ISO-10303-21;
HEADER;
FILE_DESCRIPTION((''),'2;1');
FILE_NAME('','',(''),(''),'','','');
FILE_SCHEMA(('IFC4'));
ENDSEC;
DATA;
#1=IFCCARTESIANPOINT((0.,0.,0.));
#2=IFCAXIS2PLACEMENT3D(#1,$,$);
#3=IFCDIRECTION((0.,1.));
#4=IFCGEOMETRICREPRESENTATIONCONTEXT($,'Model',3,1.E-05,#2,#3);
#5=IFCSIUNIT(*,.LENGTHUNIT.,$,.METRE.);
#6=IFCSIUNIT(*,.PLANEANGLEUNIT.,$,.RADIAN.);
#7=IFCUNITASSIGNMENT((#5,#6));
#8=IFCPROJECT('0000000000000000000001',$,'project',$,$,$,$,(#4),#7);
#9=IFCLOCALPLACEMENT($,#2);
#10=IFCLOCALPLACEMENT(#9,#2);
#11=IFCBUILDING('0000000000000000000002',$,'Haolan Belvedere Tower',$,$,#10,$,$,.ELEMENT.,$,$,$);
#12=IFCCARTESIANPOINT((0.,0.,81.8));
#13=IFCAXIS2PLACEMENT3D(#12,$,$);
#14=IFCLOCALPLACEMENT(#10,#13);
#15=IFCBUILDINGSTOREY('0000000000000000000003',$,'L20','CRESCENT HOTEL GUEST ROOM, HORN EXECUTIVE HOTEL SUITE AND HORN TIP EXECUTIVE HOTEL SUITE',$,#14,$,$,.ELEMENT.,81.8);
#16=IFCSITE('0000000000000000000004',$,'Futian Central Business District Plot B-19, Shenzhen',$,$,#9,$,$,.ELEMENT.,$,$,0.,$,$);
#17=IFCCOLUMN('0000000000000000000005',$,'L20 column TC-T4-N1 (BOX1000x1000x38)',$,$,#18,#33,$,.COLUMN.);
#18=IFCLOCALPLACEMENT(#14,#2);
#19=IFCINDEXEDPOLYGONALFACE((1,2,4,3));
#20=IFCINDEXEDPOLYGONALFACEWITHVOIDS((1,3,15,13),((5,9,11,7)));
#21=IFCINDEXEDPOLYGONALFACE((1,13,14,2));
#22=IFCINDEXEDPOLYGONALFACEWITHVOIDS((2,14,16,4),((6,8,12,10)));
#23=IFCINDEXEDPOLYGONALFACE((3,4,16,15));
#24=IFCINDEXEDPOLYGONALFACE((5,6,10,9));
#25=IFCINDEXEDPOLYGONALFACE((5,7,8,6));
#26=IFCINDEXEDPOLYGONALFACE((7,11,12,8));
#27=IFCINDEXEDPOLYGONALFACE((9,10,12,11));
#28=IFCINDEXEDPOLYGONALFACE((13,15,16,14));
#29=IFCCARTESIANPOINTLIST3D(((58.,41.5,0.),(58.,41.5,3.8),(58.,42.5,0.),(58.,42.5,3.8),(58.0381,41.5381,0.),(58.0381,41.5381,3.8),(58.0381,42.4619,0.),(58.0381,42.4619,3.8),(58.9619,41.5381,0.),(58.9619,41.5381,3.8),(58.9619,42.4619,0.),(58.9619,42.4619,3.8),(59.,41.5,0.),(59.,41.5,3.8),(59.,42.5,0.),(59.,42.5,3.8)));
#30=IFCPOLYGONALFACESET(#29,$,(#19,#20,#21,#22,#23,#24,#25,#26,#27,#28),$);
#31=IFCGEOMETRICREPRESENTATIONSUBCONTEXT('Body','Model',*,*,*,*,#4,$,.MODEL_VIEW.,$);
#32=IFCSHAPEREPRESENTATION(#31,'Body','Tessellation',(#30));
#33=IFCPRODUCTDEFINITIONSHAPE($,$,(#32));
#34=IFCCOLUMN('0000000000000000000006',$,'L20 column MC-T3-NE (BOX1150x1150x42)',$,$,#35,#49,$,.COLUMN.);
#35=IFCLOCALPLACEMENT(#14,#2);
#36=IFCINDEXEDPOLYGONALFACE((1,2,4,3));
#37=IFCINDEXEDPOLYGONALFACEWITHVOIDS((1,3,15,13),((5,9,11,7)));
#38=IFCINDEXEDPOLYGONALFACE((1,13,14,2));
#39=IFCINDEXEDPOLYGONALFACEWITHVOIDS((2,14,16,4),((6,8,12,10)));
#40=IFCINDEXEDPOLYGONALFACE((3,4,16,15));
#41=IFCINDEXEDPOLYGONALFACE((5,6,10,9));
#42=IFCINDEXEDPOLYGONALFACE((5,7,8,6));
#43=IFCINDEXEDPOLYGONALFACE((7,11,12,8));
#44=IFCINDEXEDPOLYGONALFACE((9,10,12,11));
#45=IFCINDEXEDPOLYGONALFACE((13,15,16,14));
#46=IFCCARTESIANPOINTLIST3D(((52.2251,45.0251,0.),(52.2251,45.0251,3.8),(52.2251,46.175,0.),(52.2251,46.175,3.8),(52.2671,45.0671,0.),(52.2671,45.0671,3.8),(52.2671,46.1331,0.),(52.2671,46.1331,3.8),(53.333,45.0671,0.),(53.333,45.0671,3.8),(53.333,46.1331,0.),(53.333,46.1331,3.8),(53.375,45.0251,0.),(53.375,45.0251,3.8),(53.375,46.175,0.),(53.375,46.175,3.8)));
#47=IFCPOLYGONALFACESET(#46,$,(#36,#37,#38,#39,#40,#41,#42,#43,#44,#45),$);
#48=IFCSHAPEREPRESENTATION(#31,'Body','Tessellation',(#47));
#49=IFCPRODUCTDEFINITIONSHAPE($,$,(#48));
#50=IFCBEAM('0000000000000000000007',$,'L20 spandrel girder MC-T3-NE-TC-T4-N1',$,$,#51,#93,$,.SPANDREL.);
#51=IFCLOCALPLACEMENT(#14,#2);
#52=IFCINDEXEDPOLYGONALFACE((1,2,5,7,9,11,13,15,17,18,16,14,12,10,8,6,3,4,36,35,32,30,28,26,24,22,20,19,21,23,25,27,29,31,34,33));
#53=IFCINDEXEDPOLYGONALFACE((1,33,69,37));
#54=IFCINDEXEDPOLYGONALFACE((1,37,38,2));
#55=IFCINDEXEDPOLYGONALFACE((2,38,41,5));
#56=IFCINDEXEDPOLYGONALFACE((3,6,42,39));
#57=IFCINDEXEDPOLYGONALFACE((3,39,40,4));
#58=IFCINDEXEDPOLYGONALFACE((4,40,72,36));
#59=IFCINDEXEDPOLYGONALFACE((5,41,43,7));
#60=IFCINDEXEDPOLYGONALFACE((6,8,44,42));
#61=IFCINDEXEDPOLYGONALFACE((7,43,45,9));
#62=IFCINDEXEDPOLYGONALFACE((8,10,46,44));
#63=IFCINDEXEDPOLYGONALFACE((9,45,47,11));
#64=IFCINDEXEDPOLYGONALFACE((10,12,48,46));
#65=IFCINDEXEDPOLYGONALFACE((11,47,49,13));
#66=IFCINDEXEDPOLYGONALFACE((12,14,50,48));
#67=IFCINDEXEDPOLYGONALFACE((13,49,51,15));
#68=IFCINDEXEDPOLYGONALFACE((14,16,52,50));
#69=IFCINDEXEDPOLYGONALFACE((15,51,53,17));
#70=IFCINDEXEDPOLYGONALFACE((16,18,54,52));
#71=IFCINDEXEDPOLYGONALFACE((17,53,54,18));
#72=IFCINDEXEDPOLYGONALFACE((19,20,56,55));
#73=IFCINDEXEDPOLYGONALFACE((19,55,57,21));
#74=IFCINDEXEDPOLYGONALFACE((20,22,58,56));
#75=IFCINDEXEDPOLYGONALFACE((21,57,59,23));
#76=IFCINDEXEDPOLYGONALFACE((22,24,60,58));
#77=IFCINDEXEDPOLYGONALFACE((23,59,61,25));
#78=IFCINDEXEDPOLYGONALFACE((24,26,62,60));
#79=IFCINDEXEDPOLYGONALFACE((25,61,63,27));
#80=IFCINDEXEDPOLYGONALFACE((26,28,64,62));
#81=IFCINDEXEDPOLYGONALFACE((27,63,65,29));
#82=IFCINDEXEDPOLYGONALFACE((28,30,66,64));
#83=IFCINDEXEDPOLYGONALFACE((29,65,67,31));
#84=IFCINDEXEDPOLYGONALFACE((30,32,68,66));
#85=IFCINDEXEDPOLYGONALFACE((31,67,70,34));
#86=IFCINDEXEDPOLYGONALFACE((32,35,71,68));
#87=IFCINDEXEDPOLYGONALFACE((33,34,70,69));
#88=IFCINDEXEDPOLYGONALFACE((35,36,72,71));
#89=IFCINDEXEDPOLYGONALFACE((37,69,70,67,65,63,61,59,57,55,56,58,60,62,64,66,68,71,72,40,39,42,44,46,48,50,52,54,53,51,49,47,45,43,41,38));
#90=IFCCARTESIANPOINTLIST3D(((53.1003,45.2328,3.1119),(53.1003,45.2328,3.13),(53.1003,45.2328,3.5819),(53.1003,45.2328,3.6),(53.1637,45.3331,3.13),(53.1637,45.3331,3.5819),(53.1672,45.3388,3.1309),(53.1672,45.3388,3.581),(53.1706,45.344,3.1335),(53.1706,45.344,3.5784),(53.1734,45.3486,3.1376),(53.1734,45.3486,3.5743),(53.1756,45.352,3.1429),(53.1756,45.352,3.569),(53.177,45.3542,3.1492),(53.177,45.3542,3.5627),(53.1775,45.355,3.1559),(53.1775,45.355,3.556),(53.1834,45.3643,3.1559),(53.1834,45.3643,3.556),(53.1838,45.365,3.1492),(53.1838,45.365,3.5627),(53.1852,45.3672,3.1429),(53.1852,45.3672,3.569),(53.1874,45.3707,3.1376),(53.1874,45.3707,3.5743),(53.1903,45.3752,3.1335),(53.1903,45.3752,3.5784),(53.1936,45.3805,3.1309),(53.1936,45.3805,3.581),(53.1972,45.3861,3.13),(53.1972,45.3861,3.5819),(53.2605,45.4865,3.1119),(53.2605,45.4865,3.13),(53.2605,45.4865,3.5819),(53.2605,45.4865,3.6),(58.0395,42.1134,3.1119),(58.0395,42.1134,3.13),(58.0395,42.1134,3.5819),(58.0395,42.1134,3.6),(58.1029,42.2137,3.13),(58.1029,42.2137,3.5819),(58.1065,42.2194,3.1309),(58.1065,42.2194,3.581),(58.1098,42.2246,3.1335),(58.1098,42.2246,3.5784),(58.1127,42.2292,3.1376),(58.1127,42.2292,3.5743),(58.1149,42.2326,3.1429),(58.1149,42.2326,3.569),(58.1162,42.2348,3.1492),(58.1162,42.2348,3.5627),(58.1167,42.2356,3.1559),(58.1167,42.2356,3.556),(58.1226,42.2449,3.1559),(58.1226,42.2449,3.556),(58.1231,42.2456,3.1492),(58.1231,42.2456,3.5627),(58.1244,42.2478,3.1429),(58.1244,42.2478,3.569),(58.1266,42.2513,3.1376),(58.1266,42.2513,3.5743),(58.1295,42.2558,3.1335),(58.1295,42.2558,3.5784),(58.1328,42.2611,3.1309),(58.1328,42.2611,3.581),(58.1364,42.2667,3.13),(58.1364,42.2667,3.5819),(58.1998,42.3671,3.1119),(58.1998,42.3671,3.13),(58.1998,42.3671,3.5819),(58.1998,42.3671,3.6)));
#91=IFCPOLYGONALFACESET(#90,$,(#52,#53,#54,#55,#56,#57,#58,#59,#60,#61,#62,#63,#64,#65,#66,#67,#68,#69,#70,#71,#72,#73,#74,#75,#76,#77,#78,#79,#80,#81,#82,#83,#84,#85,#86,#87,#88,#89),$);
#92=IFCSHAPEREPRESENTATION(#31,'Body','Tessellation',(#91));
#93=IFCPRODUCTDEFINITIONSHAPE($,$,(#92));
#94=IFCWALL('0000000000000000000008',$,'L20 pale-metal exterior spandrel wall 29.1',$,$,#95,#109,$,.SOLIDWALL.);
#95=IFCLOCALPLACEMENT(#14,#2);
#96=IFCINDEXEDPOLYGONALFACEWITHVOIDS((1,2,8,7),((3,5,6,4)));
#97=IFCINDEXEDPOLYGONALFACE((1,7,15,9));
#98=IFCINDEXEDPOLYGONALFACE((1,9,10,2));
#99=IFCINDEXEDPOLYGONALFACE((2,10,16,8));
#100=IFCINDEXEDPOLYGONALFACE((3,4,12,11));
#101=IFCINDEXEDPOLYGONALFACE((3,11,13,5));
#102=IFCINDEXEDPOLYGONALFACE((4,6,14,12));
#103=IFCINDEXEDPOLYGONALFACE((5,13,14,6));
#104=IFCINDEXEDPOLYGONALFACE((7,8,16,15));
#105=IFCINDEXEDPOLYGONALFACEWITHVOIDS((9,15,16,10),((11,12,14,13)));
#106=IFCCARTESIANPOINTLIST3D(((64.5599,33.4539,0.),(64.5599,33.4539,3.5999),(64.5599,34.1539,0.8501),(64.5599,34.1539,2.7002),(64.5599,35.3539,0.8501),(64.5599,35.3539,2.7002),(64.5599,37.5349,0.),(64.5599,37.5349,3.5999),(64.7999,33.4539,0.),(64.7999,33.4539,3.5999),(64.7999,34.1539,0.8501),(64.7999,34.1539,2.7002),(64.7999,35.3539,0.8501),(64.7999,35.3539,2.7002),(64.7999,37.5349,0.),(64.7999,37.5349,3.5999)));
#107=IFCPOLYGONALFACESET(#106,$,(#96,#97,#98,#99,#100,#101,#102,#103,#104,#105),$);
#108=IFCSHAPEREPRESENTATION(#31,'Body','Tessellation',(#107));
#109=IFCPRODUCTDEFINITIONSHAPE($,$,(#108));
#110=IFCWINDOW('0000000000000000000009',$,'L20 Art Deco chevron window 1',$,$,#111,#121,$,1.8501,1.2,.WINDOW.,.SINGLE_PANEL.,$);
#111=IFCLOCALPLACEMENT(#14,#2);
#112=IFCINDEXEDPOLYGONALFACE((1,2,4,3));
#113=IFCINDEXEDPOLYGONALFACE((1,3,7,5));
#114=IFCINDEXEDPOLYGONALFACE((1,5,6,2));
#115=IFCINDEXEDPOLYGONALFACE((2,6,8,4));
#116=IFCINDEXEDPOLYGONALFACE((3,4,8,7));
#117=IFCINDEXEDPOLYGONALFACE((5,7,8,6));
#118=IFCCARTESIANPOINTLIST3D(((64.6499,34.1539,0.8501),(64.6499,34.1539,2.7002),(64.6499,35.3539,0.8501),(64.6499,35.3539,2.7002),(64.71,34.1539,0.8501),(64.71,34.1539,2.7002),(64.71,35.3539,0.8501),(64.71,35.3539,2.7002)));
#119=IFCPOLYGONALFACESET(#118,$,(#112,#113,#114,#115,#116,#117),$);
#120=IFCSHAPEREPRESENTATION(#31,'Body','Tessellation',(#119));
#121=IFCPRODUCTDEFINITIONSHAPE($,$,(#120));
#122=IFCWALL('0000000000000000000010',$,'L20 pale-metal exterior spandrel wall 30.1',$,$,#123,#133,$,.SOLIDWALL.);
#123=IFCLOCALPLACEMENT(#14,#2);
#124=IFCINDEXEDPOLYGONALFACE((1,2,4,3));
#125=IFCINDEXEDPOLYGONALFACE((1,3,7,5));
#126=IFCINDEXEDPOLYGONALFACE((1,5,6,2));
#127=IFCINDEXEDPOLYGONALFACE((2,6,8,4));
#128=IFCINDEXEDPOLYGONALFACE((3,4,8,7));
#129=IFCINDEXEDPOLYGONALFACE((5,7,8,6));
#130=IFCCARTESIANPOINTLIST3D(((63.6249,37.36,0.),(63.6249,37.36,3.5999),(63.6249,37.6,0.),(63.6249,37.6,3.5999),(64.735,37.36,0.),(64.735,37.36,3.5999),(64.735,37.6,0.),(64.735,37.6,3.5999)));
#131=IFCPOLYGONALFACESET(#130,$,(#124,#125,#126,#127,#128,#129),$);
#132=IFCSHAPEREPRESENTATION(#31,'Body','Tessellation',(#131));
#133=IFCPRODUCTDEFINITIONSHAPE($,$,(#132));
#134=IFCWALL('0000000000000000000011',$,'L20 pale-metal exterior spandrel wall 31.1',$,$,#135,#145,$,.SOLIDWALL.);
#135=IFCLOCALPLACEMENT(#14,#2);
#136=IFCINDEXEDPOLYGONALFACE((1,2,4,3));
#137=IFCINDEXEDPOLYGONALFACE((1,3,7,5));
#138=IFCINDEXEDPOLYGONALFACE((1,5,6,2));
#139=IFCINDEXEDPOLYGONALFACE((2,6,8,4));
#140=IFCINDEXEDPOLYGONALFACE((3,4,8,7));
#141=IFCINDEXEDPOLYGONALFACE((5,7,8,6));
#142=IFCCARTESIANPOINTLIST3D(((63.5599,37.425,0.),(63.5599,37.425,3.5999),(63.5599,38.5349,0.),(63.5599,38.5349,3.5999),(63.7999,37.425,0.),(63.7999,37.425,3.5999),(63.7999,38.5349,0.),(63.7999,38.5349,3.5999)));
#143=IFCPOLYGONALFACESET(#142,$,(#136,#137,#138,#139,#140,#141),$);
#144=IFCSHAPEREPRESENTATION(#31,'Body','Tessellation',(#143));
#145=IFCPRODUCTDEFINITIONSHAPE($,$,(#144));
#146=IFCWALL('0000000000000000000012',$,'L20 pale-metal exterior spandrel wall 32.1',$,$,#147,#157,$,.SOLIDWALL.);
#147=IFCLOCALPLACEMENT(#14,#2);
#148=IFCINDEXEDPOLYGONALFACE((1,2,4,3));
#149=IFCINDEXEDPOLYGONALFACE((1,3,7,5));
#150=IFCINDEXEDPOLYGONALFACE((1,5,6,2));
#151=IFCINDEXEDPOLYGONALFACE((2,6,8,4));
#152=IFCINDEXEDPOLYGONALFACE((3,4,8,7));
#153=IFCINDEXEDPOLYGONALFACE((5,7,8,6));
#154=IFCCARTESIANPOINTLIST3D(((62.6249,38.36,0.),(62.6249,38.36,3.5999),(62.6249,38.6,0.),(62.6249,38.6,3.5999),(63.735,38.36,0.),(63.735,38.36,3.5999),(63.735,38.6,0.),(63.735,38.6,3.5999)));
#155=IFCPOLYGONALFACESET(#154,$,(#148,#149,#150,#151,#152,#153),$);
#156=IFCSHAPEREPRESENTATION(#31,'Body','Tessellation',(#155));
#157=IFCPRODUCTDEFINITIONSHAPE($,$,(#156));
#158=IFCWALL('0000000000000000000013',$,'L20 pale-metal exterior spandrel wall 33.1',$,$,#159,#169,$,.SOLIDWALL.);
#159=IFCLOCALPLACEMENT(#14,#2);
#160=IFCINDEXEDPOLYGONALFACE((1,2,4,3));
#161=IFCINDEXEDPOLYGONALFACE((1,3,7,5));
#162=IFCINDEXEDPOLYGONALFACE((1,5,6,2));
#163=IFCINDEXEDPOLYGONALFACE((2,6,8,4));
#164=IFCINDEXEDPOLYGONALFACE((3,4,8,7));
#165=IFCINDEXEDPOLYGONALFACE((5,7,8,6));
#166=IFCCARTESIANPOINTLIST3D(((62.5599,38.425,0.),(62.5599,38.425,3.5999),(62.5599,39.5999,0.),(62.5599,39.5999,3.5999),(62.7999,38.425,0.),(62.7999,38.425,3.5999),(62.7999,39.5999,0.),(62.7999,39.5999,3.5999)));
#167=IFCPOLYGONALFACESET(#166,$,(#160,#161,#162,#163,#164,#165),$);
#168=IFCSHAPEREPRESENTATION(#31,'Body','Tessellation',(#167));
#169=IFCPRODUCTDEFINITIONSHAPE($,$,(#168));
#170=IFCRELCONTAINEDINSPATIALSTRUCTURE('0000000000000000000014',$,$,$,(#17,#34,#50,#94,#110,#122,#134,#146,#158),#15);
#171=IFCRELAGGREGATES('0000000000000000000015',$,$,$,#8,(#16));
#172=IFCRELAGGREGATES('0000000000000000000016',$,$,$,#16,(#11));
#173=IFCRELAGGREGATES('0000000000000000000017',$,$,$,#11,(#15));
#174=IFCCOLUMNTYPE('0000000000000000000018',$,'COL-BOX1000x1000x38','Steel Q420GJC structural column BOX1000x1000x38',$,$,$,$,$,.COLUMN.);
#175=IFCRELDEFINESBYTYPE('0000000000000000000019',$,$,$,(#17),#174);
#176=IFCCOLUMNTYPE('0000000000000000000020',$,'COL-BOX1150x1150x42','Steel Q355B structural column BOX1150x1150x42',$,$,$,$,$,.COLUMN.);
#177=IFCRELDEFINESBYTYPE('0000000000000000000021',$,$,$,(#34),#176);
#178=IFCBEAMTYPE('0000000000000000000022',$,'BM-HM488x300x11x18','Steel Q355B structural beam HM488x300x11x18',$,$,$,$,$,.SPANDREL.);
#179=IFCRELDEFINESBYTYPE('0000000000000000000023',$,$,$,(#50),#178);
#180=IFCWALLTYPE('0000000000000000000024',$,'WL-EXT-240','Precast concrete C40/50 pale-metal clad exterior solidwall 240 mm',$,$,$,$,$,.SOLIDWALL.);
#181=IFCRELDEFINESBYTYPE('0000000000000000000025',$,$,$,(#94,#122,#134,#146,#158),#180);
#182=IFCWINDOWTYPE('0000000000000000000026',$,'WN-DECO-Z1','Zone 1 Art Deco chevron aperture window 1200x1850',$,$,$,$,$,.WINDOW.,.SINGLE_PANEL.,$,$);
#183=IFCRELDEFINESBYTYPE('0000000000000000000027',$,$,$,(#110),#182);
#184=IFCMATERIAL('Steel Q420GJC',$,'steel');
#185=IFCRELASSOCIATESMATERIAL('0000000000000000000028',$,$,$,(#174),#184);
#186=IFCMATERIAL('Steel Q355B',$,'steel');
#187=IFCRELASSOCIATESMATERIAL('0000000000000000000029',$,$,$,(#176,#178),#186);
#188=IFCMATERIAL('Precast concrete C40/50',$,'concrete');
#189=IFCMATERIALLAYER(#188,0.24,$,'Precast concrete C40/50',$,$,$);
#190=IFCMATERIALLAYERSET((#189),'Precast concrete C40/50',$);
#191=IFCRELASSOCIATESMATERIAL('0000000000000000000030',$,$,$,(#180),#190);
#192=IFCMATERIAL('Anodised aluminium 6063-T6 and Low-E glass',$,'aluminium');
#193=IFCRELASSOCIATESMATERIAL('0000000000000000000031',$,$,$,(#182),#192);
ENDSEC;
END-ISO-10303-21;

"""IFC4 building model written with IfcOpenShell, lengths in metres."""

from ifc_helpers import new_model, si_unit, direction, frame, frame_2d, origin, origin_2d, place, context, subcontext, project, spatial, rectangle, hollow_rectangle, i_section, extrude, material, layer, layer_set, material_profile, profile_set, type_object, element, fill, save


model = new_model("IFC4")

# Units and contexts
model_context = context("Model", 3, precision=1e-05, world=origin(), true_north=direction((0.0, 1.0)))
body_context = subcontext(model_context, "Body", "Model", "MODEL_VIEW")
ifc_project = project(units=[si_unit("LENGTHUNIT", "METRE"), si_unit("PLANEANGLEUNIT", "RADIAN")], contexts=[model_context])

# Site, building, storey
site_placement = place(None, origin())
site = spatial("IfcSite", under=ifc_project, at=site_placement, Name="Futian Central Business District Plot B-19, Shenzhen", CompositionType="ELEMENT", RefElevation=0.0)
building_placement = place(site_placement, origin())
building = spatial("IfcBuilding", under=site, at=building_placement, Name="Haolan Belvedere Tower", CompositionType="ELEMENT")
storey_placement = place(building_placement, frame((0.0, 0.0, 81.8)))
storey = spatial("IfcBuildingStorey", under=building, at=storey_placement, Name="L20", Description="CRESCENT HOTEL GUEST ROOM, HORN EXECUTIVE HOTEL SUITE AND HORN TIP EXECUTIVE HOTEL SUITE", CompositionType="ELEMENT", Elevation=81.8)

# Columns
ifc_material_1 = material(Name="Steel Q420GJC", Category="steel")
ifc_material_profile_1 = material_profile(ifc_material_1, hollow_rectangle(XDim=1.0, YDim=1.0, WallThickness=0.0381, at=origin_2d()), Name="Steel Q420GJC")
ifc_profile_set_1 = profile_set([ifc_material_profile_1], Name="Steel Q420GJC")
column_type_1 = type_object("IfcColumnType", Name="COL-BOX1000x1000x38", Description="Steel Q420GJC structural column BOX1000x1000x38", PredefinedType="COLUMN", material=ifc_profile_set_1)
column_1_placement = place(storey_placement, frame((58.5, 42.0, 0.0), z_axis=(0.0, 0.0, 1.0), x_axis=(1.0, 0.0, 0.0)))
element("IfcColumn", 1, at=column_1_placement, inside=storey, type_object=column_type_1, Name="L20 column TC-T4-N1 (BOX1000x1000x38)", PredefinedType="COLUMN", context=body_context, shape_type="SweptSolid", body=[
    extrude(hollow_rectangle(XDim=1.0, YDim=1.0, WallThickness=0.0381, at=origin_2d()), origin(), (0.0, 0.0, 1.0), 3.8),
])
ifc_material_2 = material(Name="Steel Q355B", Category="steel")
ifc_material_profile_2 = material_profile(ifc_material_2, hollow_rectangle(XDim=1.1499, YDim=1.1499, WallThickness=0.042, at=origin_2d()), Name="Steel Q355B")
ifc_profile_set_2 = profile_set([ifc_material_profile_2], Name="Steel Q355B")
column_type_2 = type_object("IfcColumnType", Name="COL-BOX1150x1150x42", Description="Steel Q355B structural column BOX1150x1150x42", PredefinedType="COLUMN", material=ifc_profile_set_2)
column_2_placement = place(storey_placement, frame((52.8, 45.6001, 0.0), z_axis=(0.0, 0.0, 1.0), x_axis=(1.0, 0.0, 0.0)))
element("IfcColumn", 2, at=column_2_placement, inside=storey, type_object=column_type_2, Name="L20 column MC-T3-NE (BOX1150x1150x42)", PredefinedType="COLUMN", context=body_context, shape_type="SweptSolid", body=[
    extrude(hollow_rectangle(XDim=1.1499, YDim=1.1499, WallThickness=0.042, at=origin_2d()), origin(), (0.0, 0.0, 1.0), 3.8),
])

# Beam
ifc_material_profile_3 = material_profile(ifc_material_2, i_section(OverallWidth=0.3, OverallDepth=0.488, WebThickness=0.011, FlangeThickness=0.0181, FilletRadius=0.0259, at=origin_2d()), Name="Steel Q355B")
ifc_profile_set_3 = profile_set([ifc_material_profile_3], Name="Steel Q355B")
beam_type = type_object("IfcBeamType", Name="BM-HM488x300x11x18", Description="Steel Q355B structural beam HM488x300x11x18", PredefinedType="SPANDREL", material=ifc_profile_set_3)
beam_placement = place(storey_placement, frame((53.1804, 45.3596, 3.356), z_axis=(0.845498, -0.533979, 0.0), x_axis=(0.533979, 0.845498, 0.0)))
element("IfcBeam", 3, at=beam_placement, inside=storey, type_object=beam_type, Name="L20 spandrel girder MC-T3-NE-TC-T4-N1", PredefinedType="SPANDREL", context=body_context, shape_type="SweptSolid", body=[
    extrude(i_section(OverallWidth=0.3, OverallDepth=0.488, WebThickness=0.011, FlangeThickness=0.0181, FilletRadius=0.0259, at=origin_2d()), origin(), (0.0, 0.0, 1.0), 5.8418),
])

# Wall, opening, window
ifc_material_3 = material(Name="Precast concrete C40/50", Category="concrete")
ifc_layer_1 = layer(ifc_material_3, 0.24, Name="Precast concrete C40/50")
ifc_layer_set_1 = layer_set([ifc_layer_1], Name="Precast concrete C40/50")
wall_type_1 = type_object("IfcWallType", Name="WL-EXT-240", Description="Precast concrete C40/50 pale-metal clad exterior solidwall 240 mm", PredefinedType="SOLIDWALL", material=ifc_layer_set_1)
wall_1_placement = place(storey_placement, frame((64.6799, 33.4539, 0.0), z_axis=(0.0, 0.0, 1.0), x_axis=(0.0, 1.0, 0.0)))
wall_1 = element("IfcWall", 4, at=wall_1_placement, inside=storey, type_object=wall_type_1, Name="L20 pale-metal exterior spandrel wall 29.1", PredefinedType="SOLIDWALL", context=body_context, shape_type="SweptSolid", body=[
    extrude(rectangle(XDim=4.0811, YDim=0.24, at=frame_2d((2.0405, 0.0))), origin(), (0.0, 0.0, 1.0), 3.5999),
])
opening_1_placement = place(wall_1_placement, frame((0.7, 0.0, 0.8501)))
opening_1 = element("IfcOpeningElement", 5, at=opening_1_placement, cuts=wall_1, PredefinedType="OPENING", context=body_context, shape_type="SweptSolid", body=[
    extrude(rectangle(XDim=1.2, YDim=1.8501, at=frame_2d((0.6001, 0.925))), frame((0.0, 0.1299, 0.0), z_axis=(0.0, -1.0, 0.0), x_axis=(1.0, 0.0, 0.0)), (0.0, 0.0, 1.0), 0.26),
])
ifc_material_4 = material(Name="Anodised aluminium 6063-T6 and Low-E glass", Category="aluminium")
window_type = type_object("IfcWindowType", Name="WN-DECO-Z1", Description="Zone 1 Art Deco chevron aperture window 1200x1850", PartitioningType="SINGLE_PANEL", PredefinedType="WINDOW", material=ifc_material_4)
window_1_placement = place(opening_1_placement, origin())
window_1 = element("IfcWindow", 6, at=window_1_placement, inside=storey, type_object=window_type, Name="L20 Art Deco chevron window 1", OverallHeight=1.8501, OverallWidth=1.2, PartitioningType="SINGLE_PANEL", PredefinedType="WINDOW", context=body_context, shape_type="SweptSolid", body=[
    extrude(rectangle(XDim=1.2, YDim=1.8501, at=frame_2d((0.6001, 0.925))), frame((0.0, 0.03, 0.0), z_axis=(0.0, -1.0, 0.0), x_axis=(1.0, 0.0, 0.0)), (0.0, 0.0, 1.0), 0.0601),
])
fill(opening_1, window_1)

# Walls
wall_2_placement = place(storey_placement, frame((64.7351, 37.48, 0.0), z_axis=(0.0, 0.0, 1.0), x_axis=(-1.0, 0.0, 0.0)))
element("IfcWall", 7, at=wall_2_placement, inside=storey, type_object=wall_type_1, Name="L20 pale-metal exterior spandrel wall 30.1", PredefinedType="SOLIDWALL", context=body_context, shape_type="SweptSolid", body=[
    extrude(rectangle(XDim=1.1101, YDim=0.24, at=frame_2d((0.5552, 0.0))), origin(), (0.0, 0.0, 1.0), 3.5999),
])
wall_3_placement = place(storey_placement, frame((63.6799, 37.425, 0.0), z_axis=(0.0, 0.0, 1.0), x_axis=(0.0, 1.0, 0.0)))
element("IfcWall", 8, at=wall_3_placement, inside=storey, type_object=wall_type_1, Name="L20 pale-metal exterior spandrel wall 31.1", PredefinedType="SOLIDWALL", context=body_context, shape_type="SweptSolid", body=[
    extrude(rectangle(XDim=1.1099, YDim=0.24, at=frame_2d((0.5549, 0.0))), origin(), (0.0, 0.0, 1.0), 3.5999),
])
wall_4_placement = place(storey_placement, frame((63.7351, 38.48, 0.0), z_axis=(0.0, 0.0, 1.0), x_axis=(-1.0, 0.0, 0.0)))
element("IfcWall", 9, at=wall_4_placement, inside=storey, type_object=wall_type_1, Name="L20 pale-metal exterior spandrel wall 32.1", PredefinedType="SOLIDWALL", context=body_context, shape_type="SweptSolid", body=[
    extrude(rectangle(XDim=1.1101, YDim=0.24, at=frame_2d((0.5552, 0.0))), origin(), (0.0, 0.0, 1.0), 3.5999),
])
wall_5_placement = place(storey_placement, frame((62.6799, 38.425, 0.0), z_axis=(0.0, 0.0, 1.0), x_axis=(0.0, 1.0, 0.0)))
element("IfcWall", 10, at=wall_5_placement, inside=storey, type_object=wall_type_1, Name="L20 pale-metal exterior spandrel wall 33.1", PredefinedType="SOLIDWALL", context=body_context, shape_type="SweptSolid", body=[
    extrude(rectangle(XDim=1.1748, YDim=0.24, at=frame_2d((0.5874, 0.0))), origin(), (0.0, 0.0, 1.0), 3.5999),
])

save(model, "model.ifc")
